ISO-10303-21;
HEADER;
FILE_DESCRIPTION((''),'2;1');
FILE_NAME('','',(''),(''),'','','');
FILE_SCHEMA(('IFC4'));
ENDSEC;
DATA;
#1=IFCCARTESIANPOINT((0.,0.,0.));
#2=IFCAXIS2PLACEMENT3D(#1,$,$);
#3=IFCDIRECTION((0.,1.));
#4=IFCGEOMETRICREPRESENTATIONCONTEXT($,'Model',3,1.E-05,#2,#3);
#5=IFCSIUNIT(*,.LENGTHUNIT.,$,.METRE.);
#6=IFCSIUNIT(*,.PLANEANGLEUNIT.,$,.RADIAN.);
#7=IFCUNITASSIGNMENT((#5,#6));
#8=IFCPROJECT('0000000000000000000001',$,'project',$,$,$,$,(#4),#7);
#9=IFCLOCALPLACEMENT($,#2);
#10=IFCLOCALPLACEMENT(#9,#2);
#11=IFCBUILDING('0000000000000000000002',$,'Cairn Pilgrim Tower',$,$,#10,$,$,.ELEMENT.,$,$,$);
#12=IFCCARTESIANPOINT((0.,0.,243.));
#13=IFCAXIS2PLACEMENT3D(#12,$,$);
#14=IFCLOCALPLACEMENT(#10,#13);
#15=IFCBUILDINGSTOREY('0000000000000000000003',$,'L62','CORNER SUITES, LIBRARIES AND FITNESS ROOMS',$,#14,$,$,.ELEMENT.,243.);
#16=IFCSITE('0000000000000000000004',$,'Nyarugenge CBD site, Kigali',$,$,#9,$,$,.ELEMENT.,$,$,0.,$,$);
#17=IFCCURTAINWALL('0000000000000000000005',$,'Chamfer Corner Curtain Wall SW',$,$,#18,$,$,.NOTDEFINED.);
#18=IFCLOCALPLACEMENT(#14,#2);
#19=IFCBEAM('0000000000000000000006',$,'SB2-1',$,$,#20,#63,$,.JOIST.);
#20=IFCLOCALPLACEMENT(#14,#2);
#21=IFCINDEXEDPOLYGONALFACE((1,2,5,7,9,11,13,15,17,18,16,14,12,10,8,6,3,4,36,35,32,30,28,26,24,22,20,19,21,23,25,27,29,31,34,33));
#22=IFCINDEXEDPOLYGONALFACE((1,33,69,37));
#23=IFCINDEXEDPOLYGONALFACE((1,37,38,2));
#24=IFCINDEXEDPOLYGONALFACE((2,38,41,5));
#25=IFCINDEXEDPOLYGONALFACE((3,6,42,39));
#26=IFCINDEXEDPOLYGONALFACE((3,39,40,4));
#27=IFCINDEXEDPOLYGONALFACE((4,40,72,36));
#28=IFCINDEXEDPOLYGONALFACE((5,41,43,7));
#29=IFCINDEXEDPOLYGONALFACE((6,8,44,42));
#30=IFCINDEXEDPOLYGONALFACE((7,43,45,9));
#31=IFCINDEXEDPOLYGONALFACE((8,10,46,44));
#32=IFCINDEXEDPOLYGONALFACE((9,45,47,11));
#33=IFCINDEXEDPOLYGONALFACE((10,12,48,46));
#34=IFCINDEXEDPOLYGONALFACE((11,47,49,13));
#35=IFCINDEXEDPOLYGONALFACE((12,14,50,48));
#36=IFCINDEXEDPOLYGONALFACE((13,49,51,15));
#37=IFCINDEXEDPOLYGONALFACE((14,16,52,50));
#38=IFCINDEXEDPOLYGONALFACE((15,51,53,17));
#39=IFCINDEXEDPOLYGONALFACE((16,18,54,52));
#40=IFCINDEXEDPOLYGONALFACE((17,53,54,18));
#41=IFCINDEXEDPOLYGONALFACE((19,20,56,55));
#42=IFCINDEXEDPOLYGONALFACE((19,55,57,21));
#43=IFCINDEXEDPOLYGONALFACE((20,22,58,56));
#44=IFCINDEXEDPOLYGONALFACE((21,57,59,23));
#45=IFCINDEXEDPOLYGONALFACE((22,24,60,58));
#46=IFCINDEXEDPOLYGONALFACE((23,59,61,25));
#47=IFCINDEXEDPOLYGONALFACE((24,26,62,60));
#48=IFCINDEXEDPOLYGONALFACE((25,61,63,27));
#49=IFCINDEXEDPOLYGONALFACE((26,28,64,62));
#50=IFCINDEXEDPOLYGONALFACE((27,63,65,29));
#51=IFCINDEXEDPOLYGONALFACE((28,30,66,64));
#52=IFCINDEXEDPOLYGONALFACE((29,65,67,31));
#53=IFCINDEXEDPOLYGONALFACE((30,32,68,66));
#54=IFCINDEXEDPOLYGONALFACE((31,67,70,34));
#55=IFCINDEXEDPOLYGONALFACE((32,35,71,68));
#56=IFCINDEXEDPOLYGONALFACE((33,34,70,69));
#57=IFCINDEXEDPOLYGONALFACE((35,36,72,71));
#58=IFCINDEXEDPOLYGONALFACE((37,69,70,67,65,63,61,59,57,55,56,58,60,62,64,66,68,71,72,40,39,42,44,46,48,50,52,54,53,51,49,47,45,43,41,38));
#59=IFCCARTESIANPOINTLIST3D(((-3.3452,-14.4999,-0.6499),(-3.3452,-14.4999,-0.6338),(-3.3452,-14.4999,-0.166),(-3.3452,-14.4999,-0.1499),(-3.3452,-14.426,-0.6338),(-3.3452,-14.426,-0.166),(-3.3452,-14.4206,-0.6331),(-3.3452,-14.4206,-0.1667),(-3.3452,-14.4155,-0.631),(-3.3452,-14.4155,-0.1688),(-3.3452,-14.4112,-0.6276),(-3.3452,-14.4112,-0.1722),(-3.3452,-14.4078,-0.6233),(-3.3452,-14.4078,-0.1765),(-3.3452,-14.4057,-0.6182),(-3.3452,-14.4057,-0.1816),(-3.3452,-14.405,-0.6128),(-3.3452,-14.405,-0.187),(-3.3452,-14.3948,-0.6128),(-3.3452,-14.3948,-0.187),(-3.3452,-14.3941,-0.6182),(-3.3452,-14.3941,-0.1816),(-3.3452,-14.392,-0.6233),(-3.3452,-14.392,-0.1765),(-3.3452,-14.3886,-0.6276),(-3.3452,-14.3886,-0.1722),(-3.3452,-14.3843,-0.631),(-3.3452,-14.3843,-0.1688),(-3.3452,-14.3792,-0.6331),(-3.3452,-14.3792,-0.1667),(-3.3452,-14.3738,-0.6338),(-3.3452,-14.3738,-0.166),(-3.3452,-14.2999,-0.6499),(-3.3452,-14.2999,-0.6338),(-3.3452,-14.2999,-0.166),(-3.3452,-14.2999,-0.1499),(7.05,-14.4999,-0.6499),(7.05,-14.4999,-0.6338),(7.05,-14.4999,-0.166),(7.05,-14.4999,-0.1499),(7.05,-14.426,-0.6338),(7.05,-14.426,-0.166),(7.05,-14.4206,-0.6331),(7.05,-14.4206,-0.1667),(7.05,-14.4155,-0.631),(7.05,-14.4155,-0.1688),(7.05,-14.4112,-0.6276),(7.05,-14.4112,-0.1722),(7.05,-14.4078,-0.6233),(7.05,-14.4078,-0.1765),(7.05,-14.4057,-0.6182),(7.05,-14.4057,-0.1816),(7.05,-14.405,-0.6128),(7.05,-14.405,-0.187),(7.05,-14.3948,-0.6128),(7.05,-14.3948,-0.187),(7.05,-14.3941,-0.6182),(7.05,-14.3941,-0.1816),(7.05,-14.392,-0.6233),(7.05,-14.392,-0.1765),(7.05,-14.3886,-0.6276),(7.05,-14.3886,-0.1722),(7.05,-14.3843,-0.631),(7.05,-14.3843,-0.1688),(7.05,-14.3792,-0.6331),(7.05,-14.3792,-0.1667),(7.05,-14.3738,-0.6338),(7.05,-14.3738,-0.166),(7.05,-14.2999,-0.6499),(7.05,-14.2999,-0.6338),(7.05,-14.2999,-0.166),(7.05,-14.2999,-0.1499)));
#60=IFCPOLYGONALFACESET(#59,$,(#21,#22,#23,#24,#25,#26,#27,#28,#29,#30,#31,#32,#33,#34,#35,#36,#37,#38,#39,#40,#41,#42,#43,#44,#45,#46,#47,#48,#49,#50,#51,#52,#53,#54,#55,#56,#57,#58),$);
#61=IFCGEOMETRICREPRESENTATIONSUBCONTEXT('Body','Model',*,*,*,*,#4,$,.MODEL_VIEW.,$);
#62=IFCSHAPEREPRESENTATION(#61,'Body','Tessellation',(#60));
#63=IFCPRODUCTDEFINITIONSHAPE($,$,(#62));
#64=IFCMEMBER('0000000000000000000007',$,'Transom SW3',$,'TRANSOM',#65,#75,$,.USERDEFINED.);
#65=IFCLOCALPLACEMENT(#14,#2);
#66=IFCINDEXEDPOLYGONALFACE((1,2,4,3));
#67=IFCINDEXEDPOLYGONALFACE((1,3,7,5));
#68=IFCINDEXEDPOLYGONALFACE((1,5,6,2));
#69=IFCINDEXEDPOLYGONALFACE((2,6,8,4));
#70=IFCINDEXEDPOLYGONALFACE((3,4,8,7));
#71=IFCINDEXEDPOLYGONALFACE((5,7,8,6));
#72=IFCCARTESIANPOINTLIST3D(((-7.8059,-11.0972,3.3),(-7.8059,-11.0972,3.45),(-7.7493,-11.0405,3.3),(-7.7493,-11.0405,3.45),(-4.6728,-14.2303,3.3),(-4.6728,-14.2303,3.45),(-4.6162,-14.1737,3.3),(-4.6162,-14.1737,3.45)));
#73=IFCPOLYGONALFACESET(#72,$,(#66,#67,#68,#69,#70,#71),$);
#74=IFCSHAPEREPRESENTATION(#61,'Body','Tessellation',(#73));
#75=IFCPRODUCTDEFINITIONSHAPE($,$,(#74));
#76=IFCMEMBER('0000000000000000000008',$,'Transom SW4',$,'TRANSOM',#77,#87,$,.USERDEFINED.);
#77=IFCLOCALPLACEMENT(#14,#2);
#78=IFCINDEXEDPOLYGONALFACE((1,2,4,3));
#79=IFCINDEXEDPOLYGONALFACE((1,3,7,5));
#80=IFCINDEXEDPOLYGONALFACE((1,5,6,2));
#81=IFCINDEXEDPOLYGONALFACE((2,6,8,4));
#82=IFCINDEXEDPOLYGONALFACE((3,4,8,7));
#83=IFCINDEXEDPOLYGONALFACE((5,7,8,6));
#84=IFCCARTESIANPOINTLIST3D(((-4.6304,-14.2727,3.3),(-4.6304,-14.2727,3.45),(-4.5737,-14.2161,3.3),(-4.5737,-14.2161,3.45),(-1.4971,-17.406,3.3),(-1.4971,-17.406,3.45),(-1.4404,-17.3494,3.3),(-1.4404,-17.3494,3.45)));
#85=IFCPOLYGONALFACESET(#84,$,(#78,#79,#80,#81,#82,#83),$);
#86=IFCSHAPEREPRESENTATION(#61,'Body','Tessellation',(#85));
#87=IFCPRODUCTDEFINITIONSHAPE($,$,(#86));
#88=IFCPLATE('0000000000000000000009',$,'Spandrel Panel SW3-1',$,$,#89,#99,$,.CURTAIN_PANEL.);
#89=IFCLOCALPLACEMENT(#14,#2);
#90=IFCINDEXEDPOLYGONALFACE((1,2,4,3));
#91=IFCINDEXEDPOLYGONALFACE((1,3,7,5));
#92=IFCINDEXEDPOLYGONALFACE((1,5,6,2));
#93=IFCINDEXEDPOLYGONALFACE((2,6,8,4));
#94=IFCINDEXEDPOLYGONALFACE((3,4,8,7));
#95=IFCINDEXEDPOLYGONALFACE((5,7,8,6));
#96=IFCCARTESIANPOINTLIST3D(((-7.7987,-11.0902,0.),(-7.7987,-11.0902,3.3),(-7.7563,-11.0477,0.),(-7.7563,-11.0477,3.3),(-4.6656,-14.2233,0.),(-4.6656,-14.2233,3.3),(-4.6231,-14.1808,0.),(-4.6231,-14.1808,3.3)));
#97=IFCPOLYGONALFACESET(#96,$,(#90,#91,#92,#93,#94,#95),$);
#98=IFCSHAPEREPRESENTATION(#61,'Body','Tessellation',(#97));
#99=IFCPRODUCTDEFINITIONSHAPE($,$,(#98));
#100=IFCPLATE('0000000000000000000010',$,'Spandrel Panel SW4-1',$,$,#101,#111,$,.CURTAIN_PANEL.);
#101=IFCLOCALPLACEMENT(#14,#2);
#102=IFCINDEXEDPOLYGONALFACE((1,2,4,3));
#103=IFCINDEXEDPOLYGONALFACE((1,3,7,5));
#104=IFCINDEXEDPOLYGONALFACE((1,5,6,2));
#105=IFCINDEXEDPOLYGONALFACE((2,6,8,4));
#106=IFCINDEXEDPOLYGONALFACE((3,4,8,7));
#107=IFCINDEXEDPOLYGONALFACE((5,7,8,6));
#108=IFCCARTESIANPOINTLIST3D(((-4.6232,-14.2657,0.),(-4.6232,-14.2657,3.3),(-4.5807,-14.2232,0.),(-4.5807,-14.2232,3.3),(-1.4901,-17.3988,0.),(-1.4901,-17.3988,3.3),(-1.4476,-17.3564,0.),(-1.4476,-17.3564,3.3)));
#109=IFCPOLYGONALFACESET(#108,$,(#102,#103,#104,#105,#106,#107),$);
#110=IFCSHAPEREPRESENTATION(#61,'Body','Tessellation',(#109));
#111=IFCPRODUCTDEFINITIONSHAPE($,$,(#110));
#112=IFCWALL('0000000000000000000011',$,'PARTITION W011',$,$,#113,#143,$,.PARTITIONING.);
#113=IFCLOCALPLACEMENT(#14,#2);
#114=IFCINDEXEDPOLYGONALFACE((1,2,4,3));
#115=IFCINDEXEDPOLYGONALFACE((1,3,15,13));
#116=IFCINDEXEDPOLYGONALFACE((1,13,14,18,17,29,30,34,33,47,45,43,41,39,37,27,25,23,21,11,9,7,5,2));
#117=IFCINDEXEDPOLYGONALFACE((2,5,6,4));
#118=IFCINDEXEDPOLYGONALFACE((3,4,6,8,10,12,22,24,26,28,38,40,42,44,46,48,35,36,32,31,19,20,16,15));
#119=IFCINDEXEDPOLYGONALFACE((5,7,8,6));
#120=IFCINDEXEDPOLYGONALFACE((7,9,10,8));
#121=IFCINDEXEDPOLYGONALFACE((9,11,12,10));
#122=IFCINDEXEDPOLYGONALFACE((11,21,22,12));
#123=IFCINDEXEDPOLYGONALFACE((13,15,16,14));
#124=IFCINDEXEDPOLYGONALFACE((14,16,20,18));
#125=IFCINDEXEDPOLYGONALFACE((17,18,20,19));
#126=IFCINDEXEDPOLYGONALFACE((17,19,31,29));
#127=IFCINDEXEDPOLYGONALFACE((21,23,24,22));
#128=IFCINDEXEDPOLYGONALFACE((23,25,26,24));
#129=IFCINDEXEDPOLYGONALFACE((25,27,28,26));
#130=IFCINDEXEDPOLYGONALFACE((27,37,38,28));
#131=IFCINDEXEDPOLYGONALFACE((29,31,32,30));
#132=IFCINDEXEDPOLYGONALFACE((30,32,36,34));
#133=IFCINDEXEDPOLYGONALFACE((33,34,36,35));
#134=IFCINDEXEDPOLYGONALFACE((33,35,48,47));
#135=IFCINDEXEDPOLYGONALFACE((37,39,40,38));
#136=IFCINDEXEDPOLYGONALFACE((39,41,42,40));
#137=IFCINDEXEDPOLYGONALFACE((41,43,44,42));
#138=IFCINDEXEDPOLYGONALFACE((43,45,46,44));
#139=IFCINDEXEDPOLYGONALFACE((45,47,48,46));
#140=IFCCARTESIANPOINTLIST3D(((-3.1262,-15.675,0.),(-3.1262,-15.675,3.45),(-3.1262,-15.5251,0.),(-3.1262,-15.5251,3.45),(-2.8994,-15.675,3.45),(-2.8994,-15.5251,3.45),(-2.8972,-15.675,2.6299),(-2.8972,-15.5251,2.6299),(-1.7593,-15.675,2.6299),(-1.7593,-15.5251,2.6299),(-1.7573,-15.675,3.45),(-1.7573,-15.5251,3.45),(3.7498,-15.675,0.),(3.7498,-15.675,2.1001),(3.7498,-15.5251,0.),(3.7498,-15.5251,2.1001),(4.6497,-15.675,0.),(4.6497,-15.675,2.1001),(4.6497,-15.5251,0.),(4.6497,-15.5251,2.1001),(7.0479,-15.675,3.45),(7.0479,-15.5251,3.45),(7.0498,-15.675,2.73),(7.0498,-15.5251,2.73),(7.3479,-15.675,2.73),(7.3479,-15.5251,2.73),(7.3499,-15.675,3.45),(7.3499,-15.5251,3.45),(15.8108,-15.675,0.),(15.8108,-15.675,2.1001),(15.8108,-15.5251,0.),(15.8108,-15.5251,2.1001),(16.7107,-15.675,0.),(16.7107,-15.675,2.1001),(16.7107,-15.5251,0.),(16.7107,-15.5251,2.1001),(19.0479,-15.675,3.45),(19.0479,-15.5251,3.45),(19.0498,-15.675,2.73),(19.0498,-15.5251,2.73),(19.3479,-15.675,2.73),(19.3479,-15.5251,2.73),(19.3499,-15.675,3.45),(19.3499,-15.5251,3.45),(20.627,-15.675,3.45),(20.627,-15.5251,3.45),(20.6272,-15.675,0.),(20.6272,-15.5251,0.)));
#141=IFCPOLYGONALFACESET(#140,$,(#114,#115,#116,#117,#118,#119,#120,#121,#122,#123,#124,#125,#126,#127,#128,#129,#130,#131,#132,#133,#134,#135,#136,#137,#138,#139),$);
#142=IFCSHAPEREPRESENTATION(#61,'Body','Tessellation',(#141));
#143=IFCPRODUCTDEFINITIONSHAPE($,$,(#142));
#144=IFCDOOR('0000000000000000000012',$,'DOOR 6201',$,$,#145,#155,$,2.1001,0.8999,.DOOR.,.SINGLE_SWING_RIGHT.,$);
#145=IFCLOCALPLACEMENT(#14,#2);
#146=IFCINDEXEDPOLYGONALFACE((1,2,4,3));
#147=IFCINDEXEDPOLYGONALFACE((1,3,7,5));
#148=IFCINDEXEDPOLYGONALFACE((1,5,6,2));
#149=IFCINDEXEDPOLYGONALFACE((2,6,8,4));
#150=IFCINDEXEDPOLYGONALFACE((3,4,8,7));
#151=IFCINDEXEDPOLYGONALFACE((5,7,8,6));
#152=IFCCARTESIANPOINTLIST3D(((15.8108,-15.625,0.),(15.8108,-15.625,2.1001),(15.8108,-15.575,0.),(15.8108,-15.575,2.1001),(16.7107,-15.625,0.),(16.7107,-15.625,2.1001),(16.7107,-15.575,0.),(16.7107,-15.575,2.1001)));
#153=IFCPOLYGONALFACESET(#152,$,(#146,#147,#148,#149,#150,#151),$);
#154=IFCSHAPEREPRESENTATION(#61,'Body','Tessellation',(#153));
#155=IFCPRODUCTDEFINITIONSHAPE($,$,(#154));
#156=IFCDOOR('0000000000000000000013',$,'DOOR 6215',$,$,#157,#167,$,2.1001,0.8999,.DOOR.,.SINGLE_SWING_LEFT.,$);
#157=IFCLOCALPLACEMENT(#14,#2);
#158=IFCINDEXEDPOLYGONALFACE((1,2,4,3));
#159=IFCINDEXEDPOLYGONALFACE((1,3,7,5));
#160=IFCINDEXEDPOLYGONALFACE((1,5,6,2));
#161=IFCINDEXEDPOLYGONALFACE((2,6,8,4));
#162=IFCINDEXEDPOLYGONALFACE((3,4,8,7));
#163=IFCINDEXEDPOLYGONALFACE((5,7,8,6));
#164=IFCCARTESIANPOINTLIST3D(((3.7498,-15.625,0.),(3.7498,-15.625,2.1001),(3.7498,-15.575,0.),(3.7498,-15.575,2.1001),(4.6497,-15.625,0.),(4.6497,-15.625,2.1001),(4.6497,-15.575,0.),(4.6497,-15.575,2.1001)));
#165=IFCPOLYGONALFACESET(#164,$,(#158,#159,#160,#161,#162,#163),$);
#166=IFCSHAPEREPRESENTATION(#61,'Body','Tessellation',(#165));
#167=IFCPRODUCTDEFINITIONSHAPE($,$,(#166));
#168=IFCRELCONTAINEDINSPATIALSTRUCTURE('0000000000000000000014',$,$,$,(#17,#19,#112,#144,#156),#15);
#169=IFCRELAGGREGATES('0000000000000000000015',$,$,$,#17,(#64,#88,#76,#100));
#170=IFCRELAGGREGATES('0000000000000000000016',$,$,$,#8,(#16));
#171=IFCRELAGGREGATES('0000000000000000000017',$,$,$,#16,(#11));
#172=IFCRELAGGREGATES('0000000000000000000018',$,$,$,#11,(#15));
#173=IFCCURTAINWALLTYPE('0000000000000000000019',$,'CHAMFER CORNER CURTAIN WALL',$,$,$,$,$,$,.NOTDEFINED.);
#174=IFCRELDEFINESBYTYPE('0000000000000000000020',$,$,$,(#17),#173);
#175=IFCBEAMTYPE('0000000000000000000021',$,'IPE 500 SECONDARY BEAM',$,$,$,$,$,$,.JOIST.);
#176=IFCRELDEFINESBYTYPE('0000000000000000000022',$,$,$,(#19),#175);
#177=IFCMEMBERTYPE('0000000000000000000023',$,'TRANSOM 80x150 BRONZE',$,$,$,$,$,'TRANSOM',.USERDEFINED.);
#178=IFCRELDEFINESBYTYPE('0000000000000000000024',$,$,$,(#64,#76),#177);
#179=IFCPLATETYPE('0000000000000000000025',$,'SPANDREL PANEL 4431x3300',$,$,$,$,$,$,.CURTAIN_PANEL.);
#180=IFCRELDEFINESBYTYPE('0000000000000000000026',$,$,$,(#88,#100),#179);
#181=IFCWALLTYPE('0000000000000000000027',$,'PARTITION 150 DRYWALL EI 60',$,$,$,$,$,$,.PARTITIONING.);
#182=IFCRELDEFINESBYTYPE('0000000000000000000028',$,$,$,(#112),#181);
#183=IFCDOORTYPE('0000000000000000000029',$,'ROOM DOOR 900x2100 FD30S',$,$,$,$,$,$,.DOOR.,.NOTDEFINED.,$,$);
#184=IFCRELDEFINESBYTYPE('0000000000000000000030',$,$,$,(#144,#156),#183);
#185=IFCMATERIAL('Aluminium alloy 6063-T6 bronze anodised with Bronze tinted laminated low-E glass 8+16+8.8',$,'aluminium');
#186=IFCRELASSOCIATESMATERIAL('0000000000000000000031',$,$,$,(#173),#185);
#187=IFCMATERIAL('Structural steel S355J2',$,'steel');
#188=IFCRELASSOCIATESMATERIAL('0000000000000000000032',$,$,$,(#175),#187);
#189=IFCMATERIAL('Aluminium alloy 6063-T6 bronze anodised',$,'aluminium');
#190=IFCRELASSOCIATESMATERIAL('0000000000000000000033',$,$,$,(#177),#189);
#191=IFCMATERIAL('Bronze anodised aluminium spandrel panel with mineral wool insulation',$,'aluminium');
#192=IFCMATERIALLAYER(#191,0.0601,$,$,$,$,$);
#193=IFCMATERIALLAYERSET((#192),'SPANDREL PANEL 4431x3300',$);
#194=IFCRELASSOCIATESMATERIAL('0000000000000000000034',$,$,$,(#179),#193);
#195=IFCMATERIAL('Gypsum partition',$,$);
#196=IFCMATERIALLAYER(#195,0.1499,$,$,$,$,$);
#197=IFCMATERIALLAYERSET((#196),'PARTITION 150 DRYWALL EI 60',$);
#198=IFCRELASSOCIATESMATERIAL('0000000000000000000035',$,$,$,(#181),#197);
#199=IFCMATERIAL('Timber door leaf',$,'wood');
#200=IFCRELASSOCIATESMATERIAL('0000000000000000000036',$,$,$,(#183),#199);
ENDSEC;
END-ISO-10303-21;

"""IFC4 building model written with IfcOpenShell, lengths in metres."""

from ifc_helpers import new_model, si_unit, direction, frame, frame_2d, origin, origin_2d, place, context, subcontext, project, spatial, polyline, rectangle, i_section, outline, extrude, material, layer, layer_set, material_profile, profile_set, type_object, element, fill, aggregate, save


model = new_model("IFC4")

# Units and contexts
model_context = context("Model", 3, precision=1e-05, world=origin(), true_north=direction((0.0, 1.0)))
body_context = subcontext(model_context, "Body", "Model", "MODEL_VIEW")
ifc_project = project(units=[si_unit("LENGTHUNIT", "METRE"), si_unit("PLANEANGLEUNIT", "RADIAN")], contexts=[model_context])

# Site, building, storey
site_placement = place(None, origin())
site = spatial("IfcSite", under=ifc_project, at=site_placement, Name="Nyarugenge CBD site, Kigali", CompositionType="ELEMENT", RefElevation=0.0)
building_placement = place(site_placement, origin())
building = spatial("IfcBuilding", under=site, at=building_placement, Name="Cairn Pilgrim Tower", CompositionType="ELEMENT")
storey_placement = place(building_placement, frame((0.0, 0.0, 243.0)))
storey = spatial("IfcBuildingStorey", under=building, at=storey_placement, Name="L62", Description="CORNER SUITES, LIBRARIES AND FITNESS ROOMS", CompositionType="ELEMENT", Elevation=243.0)

# Shared definitions
ifc_material_1 = material(Name="Structural steel S355J2", Category="steel")

# Curtain wall
ifc_material_2 = material(Name="Aluminium alloy 6063-T6 bronze anodised with Bronze tinted laminated low-E glass 8+16+8.8", Category="aluminium")
curtain_wall_type = type_object("IfcCurtainWallType", Name="CHAMFER CORNER CURTAIN WALL", PredefinedType="NOTDEFINED", material=ifc_material_2)
curtain_wall_placement = place(storey_placement, origin())
curtain_wall = element("IfcCurtainWall", 1, at=curtain_wall_placement, inside=storey, type_object=curtain_wall_type, Name="Chamfer Corner Curtain Wall SW", PredefinedType="NOTDEFINED")
ifc_material_3 = material(Name="Aluminium alloy 6063-T6 bronze anodised", Category="aluminium")

# Beam
ifc_material_profile_1 = material_profile(ifc_material_1, i_section(OverallWidth=0.2, OverallDepth=0.5, WebThickness=0.0103, FlangeThickness=0.0161, FilletRadius=0.021, at=origin_2d()), Name="IPE 500")
ifc_profile_set_1 = profile_set([ifc_material_profile_1], Name="Structural steel S355J2")
beam_type_1 = type_object("IfcBeamType", Name="IPE 500 SECONDARY BEAM", PredefinedType="JOIST", material=ifc_profile_set_1)
beam_1_placement = place(storey_placement, frame((-3.3452, -14.3999, -0.3999), z_axis=(1.0, 0.0, 0.0), x_axis=(0.0, 1.0, 0.0)))
element("IfcBeam", 2, at=beam_1_placement, inside=storey, type_object=beam_type_1, Name="SB2-1", PredefinedType="JOIST", context=body_context, shape_type="SweptSolid", body=[
    extrude(i_section(OverallWidth=0.2, OverallDepth=0.5, WebThickness=0.0103, FlangeThickness=0.0161, FilletRadius=0.021, at=origin_2d()), origin(), (0.0, 0.0, 1.0), 10.3953),
])

# Members
ifc_material_profile_2 = material_profile(ifc_material_3, rectangle(XDim=0.0801, YDim=0.1499, at=origin_2d()), Name="TRANSOM 80x150 BRONZE")
ifc_profile_set_2 = profile_set([ifc_material_profile_2], Name="Aluminium alloy 6063-T6 bronze anodised")
member_type_1 = type_object("IfcMemberType", Name="TRANSOM 80x150 BRONZE", ElementType="TRANSOM", PredefinedType="USERDEFINED", material=ifc_profile_set_2)
member_1_placement = place(storey_placement, frame((-7.7776, -11.0688, 3.375), z_axis=(0.707107, -0.707107, 0.0), x_axis=(0.707107, 0.707107, 0.0)))
member_1 = element("IfcMember", 3, at=member_1_placement, type_object=member_type_1, Name="Transom SW3", ObjectType="TRANSOM", PredefinedType="USERDEFINED", context=body_context, shape_type="SweptSolid", body=[
    extrude(rectangle(XDim=0.0801, YDim=0.1499, at=origin_2d()), origin(), (0.0, 0.0, 1.0), 4.4309),
])
member_2_placement = place(storey_placement, frame((-4.6021, -14.2444, 3.375), z_axis=(0.707107, -0.707107, 0.0), x_axis=(0.707107, 0.707107, 0.0)))
member_2 = element("IfcMember", 4, at=member_2_placement, type_object=member_type_1, Name="Transom SW4", ObjectType="TRANSOM", PredefinedType="USERDEFINED", context=body_context, shape_type="SweptSolid", body=[
    extrude(rectangle(XDim=0.0801, YDim=0.1499, at=origin_2d()), origin(), (0.0, 0.0, 1.0), 4.4312),
])

# Plates
ifc_material_4 = material(Name="Bronze anodised aluminium spandrel panel with mineral wool insulation", Category="aluminium")
ifc_layer_1 = layer(ifc_material_4, 0.0601)
ifc_layer_set_1 = layer_set([ifc_layer_1], Name="SPANDREL PANEL 4431x3300")
plate_type = type_object("IfcPlateType", Name="SPANDREL PANEL 4431x3300", PredefinedType="CURTAIN_PANEL", material=ifc_layer_set_1)
plate_1_placement = place(storey_placement, frame((-6.2109, -12.6355, 0.0), z_axis=(0.0, 0.0, 1.0), x_axis=(0.707107, -0.707107, 0.0)))
plate_1 = element("IfcPlate", 5, at=plate_1_placement, type_object=plate_type, Name="Spandrel Panel SW3-1", PredefinedType="CURTAIN_PANEL", context=body_context, shape_type="SweptSolid", body=[
    extrude(rectangle(XDim=4.4309, YDim=0.0601, at=origin_2d()), origin(), (0.0, 0.0, 1.0), 3.3),
])
plate_2_placement = place(storey_placement, frame((-3.0354, -15.811, 0.0), z_axis=(0.0, 0.0, 1.0), x_axis=(0.707107, -0.707107, 0.0)))
plate_2 = element("IfcPlate", 6, at=plate_2_placement, type_object=plate_type, Name="Spandrel Panel SW4-1", PredefinedType="CURTAIN_PANEL", context=body_context, shape_type="SweptSolid", body=[
    extrude(rectangle(XDim=4.4309, YDim=0.0601, at=origin_2d()), origin(), (0.0, 0.0, 1.0), 3.3),
])
aggregate(curtain_wall, [member_1, plate_1, member_2, plate_2])

# Wall, openings, doors
ifc_material_5 = material(Name="Gypsum partition")
ifc_layer_2 = layer(ifc_material_5, 0.1499)
ifc_layer_set_2 = layer_set([ifc_layer_2], Name="PARTITION 150 DRYWALL EI 60")
wall_type_1 = type_object("IfcWallType", Name="PARTITION 150 DRYWALL EI 60", PredefinedType="PARTITIONING", material=ifc_layer_set_2)
wall_1_placement = place(storey_placement, frame((-3.1262, -15.6001, 0.0), z_axis=(0.0, 0.0, 1.0), x_axis=(1.0, 0.0, 0.0)))
wall_1 = element("IfcWall", 7, at=wall_1_placement, inside=storey, type_object=wall_type_1, Name="PARTITION W011", PredefinedType="PARTITIONING", context=body_context, shape_type="SweptSolid", body=[
    extrude(outline(polyline([(0.0, 0.0), (23.7534, 0.0), (23.7532, 3.45), (22.4761, 3.45), (22.4741, 2.73), (22.176, 2.73), (22.1741, 3.45), (10.4761, 3.45), (10.4741, 2.73), (10.176, 2.73), (10.1741, 3.45), (1.3689, 3.45), (1.3669, 2.6299), (0.229, 2.6299), (0.2268, 3.45), (0.0, 3.45), (0.0, 0.0)])), frame((0.0, 0.075, 0.0), z_axis=(0.0, -1.0, 0.0), x_axis=(1.0, 0.0, 0.0)), (0.0, 0.0, 1.0), 0.1499),
])
opening_1_placement = place(wall_1_placement, frame((18.937, 0.0, 0.0)))
opening_1 = element("IfcOpeningElement", 8, at=opening_1_placement, cuts=wall_1, PredefinedType="OPENING", context=body_context, shape_type="SweptSolid", body=[
    extrude(rectangle(XDim=0.8999, YDim=2.1001, at=frame_2d((0.45, 1.05))), frame((0.0, 0.085, 0.0), z_axis=(0.0, -1.0, 0.0), x_axis=(1.0, 0.0, 0.0)), (0.0, 0.0, 1.0), 0.1699),
])
opening_2_placement = place(wall_1_placement, frame((6.876, 0.0, 0.0)))
opening_2 = element("IfcOpeningElement", 9, at=opening_2_placement, cuts=wall_1, PredefinedType="OPENING", context=body_context, shape_type="SweptSolid", body=[
    extrude(rectangle(XDim=0.8999, YDim=2.1001, at=frame_2d((0.45, 1.05))), frame((0.0, 0.085, 0.0), z_axis=(0.0, -1.0, 0.0), x_axis=(1.0, 0.0, 0.0)), (0.0, 0.0, 1.0), 0.1699),
])
ifc_material_6 = material(Name="Timber door leaf", Category="wood")
door_type_1 = type_object("IfcDoorType", Name="ROOM DOOR 900x2100 FD30S", OperationType="NOTDEFINED", PredefinedType="DOOR", material=ifc_material_6)
door_1_placement = place(opening_1_placement, frame((0.8999, 0.0, 0.0), z_axis=(0.0, 0.0, 1.0), x_axis=(-1.0, 0.0, 0.0)))
door_1 = element("IfcDoor", 10, at=door_1_placement, inside=storey, type_object=door_type_1, Name="DOOR 6201", OperationType="SINGLE_SWING_RIGHT", OverallHeight=2.1001, OverallWidth=0.8999, PredefinedType="DOOR", context=body_context, shape_type="SweptSolid", body=[
    extrude(rectangle(XDim=0.8999, YDim=2.1001, at=frame_2d((0.45, 1.05))), frame((0.0, 0.0249, 0.0), z_axis=(0.0, -1.0, 0.0), x_axis=(1.0, 0.0, 0.0)), (0.0, 0.0, 1.0), 0.05),
])
fill(opening_1, door_1)
door_2_placement = place(opening_2_placement, frame((0.8999, 0.0, 0.0), z_axis=(0.0, 0.0, 1.0), x_axis=(-1.0, 0.0, 0.0)))
door_2 = element("IfcDoor", 11, at=door_2_placement, inside=storey, type_object=door_type_1, Name="DOOR 6215", OperationType="SINGLE_SWING_LEFT", OverallHeight=2.1001, OverallWidth=0.8999, PredefinedType="DOOR", context=body_context, shape_type="SweptSolid", body=[
    extrude(rectangle(XDim=0.8999, YDim=2.1001, at=frame_2d((0.45, 1.05))), frame((0.0, 0.0249, 0.0), z_axis=(0.0, -1.0, 0.0), x_axis=(1.0, 0.0, 0.0)), (0.0, 0.0, 1.0), 0.05),
])
fill(opening_2, door_2)

save(model, "model.ifc")
